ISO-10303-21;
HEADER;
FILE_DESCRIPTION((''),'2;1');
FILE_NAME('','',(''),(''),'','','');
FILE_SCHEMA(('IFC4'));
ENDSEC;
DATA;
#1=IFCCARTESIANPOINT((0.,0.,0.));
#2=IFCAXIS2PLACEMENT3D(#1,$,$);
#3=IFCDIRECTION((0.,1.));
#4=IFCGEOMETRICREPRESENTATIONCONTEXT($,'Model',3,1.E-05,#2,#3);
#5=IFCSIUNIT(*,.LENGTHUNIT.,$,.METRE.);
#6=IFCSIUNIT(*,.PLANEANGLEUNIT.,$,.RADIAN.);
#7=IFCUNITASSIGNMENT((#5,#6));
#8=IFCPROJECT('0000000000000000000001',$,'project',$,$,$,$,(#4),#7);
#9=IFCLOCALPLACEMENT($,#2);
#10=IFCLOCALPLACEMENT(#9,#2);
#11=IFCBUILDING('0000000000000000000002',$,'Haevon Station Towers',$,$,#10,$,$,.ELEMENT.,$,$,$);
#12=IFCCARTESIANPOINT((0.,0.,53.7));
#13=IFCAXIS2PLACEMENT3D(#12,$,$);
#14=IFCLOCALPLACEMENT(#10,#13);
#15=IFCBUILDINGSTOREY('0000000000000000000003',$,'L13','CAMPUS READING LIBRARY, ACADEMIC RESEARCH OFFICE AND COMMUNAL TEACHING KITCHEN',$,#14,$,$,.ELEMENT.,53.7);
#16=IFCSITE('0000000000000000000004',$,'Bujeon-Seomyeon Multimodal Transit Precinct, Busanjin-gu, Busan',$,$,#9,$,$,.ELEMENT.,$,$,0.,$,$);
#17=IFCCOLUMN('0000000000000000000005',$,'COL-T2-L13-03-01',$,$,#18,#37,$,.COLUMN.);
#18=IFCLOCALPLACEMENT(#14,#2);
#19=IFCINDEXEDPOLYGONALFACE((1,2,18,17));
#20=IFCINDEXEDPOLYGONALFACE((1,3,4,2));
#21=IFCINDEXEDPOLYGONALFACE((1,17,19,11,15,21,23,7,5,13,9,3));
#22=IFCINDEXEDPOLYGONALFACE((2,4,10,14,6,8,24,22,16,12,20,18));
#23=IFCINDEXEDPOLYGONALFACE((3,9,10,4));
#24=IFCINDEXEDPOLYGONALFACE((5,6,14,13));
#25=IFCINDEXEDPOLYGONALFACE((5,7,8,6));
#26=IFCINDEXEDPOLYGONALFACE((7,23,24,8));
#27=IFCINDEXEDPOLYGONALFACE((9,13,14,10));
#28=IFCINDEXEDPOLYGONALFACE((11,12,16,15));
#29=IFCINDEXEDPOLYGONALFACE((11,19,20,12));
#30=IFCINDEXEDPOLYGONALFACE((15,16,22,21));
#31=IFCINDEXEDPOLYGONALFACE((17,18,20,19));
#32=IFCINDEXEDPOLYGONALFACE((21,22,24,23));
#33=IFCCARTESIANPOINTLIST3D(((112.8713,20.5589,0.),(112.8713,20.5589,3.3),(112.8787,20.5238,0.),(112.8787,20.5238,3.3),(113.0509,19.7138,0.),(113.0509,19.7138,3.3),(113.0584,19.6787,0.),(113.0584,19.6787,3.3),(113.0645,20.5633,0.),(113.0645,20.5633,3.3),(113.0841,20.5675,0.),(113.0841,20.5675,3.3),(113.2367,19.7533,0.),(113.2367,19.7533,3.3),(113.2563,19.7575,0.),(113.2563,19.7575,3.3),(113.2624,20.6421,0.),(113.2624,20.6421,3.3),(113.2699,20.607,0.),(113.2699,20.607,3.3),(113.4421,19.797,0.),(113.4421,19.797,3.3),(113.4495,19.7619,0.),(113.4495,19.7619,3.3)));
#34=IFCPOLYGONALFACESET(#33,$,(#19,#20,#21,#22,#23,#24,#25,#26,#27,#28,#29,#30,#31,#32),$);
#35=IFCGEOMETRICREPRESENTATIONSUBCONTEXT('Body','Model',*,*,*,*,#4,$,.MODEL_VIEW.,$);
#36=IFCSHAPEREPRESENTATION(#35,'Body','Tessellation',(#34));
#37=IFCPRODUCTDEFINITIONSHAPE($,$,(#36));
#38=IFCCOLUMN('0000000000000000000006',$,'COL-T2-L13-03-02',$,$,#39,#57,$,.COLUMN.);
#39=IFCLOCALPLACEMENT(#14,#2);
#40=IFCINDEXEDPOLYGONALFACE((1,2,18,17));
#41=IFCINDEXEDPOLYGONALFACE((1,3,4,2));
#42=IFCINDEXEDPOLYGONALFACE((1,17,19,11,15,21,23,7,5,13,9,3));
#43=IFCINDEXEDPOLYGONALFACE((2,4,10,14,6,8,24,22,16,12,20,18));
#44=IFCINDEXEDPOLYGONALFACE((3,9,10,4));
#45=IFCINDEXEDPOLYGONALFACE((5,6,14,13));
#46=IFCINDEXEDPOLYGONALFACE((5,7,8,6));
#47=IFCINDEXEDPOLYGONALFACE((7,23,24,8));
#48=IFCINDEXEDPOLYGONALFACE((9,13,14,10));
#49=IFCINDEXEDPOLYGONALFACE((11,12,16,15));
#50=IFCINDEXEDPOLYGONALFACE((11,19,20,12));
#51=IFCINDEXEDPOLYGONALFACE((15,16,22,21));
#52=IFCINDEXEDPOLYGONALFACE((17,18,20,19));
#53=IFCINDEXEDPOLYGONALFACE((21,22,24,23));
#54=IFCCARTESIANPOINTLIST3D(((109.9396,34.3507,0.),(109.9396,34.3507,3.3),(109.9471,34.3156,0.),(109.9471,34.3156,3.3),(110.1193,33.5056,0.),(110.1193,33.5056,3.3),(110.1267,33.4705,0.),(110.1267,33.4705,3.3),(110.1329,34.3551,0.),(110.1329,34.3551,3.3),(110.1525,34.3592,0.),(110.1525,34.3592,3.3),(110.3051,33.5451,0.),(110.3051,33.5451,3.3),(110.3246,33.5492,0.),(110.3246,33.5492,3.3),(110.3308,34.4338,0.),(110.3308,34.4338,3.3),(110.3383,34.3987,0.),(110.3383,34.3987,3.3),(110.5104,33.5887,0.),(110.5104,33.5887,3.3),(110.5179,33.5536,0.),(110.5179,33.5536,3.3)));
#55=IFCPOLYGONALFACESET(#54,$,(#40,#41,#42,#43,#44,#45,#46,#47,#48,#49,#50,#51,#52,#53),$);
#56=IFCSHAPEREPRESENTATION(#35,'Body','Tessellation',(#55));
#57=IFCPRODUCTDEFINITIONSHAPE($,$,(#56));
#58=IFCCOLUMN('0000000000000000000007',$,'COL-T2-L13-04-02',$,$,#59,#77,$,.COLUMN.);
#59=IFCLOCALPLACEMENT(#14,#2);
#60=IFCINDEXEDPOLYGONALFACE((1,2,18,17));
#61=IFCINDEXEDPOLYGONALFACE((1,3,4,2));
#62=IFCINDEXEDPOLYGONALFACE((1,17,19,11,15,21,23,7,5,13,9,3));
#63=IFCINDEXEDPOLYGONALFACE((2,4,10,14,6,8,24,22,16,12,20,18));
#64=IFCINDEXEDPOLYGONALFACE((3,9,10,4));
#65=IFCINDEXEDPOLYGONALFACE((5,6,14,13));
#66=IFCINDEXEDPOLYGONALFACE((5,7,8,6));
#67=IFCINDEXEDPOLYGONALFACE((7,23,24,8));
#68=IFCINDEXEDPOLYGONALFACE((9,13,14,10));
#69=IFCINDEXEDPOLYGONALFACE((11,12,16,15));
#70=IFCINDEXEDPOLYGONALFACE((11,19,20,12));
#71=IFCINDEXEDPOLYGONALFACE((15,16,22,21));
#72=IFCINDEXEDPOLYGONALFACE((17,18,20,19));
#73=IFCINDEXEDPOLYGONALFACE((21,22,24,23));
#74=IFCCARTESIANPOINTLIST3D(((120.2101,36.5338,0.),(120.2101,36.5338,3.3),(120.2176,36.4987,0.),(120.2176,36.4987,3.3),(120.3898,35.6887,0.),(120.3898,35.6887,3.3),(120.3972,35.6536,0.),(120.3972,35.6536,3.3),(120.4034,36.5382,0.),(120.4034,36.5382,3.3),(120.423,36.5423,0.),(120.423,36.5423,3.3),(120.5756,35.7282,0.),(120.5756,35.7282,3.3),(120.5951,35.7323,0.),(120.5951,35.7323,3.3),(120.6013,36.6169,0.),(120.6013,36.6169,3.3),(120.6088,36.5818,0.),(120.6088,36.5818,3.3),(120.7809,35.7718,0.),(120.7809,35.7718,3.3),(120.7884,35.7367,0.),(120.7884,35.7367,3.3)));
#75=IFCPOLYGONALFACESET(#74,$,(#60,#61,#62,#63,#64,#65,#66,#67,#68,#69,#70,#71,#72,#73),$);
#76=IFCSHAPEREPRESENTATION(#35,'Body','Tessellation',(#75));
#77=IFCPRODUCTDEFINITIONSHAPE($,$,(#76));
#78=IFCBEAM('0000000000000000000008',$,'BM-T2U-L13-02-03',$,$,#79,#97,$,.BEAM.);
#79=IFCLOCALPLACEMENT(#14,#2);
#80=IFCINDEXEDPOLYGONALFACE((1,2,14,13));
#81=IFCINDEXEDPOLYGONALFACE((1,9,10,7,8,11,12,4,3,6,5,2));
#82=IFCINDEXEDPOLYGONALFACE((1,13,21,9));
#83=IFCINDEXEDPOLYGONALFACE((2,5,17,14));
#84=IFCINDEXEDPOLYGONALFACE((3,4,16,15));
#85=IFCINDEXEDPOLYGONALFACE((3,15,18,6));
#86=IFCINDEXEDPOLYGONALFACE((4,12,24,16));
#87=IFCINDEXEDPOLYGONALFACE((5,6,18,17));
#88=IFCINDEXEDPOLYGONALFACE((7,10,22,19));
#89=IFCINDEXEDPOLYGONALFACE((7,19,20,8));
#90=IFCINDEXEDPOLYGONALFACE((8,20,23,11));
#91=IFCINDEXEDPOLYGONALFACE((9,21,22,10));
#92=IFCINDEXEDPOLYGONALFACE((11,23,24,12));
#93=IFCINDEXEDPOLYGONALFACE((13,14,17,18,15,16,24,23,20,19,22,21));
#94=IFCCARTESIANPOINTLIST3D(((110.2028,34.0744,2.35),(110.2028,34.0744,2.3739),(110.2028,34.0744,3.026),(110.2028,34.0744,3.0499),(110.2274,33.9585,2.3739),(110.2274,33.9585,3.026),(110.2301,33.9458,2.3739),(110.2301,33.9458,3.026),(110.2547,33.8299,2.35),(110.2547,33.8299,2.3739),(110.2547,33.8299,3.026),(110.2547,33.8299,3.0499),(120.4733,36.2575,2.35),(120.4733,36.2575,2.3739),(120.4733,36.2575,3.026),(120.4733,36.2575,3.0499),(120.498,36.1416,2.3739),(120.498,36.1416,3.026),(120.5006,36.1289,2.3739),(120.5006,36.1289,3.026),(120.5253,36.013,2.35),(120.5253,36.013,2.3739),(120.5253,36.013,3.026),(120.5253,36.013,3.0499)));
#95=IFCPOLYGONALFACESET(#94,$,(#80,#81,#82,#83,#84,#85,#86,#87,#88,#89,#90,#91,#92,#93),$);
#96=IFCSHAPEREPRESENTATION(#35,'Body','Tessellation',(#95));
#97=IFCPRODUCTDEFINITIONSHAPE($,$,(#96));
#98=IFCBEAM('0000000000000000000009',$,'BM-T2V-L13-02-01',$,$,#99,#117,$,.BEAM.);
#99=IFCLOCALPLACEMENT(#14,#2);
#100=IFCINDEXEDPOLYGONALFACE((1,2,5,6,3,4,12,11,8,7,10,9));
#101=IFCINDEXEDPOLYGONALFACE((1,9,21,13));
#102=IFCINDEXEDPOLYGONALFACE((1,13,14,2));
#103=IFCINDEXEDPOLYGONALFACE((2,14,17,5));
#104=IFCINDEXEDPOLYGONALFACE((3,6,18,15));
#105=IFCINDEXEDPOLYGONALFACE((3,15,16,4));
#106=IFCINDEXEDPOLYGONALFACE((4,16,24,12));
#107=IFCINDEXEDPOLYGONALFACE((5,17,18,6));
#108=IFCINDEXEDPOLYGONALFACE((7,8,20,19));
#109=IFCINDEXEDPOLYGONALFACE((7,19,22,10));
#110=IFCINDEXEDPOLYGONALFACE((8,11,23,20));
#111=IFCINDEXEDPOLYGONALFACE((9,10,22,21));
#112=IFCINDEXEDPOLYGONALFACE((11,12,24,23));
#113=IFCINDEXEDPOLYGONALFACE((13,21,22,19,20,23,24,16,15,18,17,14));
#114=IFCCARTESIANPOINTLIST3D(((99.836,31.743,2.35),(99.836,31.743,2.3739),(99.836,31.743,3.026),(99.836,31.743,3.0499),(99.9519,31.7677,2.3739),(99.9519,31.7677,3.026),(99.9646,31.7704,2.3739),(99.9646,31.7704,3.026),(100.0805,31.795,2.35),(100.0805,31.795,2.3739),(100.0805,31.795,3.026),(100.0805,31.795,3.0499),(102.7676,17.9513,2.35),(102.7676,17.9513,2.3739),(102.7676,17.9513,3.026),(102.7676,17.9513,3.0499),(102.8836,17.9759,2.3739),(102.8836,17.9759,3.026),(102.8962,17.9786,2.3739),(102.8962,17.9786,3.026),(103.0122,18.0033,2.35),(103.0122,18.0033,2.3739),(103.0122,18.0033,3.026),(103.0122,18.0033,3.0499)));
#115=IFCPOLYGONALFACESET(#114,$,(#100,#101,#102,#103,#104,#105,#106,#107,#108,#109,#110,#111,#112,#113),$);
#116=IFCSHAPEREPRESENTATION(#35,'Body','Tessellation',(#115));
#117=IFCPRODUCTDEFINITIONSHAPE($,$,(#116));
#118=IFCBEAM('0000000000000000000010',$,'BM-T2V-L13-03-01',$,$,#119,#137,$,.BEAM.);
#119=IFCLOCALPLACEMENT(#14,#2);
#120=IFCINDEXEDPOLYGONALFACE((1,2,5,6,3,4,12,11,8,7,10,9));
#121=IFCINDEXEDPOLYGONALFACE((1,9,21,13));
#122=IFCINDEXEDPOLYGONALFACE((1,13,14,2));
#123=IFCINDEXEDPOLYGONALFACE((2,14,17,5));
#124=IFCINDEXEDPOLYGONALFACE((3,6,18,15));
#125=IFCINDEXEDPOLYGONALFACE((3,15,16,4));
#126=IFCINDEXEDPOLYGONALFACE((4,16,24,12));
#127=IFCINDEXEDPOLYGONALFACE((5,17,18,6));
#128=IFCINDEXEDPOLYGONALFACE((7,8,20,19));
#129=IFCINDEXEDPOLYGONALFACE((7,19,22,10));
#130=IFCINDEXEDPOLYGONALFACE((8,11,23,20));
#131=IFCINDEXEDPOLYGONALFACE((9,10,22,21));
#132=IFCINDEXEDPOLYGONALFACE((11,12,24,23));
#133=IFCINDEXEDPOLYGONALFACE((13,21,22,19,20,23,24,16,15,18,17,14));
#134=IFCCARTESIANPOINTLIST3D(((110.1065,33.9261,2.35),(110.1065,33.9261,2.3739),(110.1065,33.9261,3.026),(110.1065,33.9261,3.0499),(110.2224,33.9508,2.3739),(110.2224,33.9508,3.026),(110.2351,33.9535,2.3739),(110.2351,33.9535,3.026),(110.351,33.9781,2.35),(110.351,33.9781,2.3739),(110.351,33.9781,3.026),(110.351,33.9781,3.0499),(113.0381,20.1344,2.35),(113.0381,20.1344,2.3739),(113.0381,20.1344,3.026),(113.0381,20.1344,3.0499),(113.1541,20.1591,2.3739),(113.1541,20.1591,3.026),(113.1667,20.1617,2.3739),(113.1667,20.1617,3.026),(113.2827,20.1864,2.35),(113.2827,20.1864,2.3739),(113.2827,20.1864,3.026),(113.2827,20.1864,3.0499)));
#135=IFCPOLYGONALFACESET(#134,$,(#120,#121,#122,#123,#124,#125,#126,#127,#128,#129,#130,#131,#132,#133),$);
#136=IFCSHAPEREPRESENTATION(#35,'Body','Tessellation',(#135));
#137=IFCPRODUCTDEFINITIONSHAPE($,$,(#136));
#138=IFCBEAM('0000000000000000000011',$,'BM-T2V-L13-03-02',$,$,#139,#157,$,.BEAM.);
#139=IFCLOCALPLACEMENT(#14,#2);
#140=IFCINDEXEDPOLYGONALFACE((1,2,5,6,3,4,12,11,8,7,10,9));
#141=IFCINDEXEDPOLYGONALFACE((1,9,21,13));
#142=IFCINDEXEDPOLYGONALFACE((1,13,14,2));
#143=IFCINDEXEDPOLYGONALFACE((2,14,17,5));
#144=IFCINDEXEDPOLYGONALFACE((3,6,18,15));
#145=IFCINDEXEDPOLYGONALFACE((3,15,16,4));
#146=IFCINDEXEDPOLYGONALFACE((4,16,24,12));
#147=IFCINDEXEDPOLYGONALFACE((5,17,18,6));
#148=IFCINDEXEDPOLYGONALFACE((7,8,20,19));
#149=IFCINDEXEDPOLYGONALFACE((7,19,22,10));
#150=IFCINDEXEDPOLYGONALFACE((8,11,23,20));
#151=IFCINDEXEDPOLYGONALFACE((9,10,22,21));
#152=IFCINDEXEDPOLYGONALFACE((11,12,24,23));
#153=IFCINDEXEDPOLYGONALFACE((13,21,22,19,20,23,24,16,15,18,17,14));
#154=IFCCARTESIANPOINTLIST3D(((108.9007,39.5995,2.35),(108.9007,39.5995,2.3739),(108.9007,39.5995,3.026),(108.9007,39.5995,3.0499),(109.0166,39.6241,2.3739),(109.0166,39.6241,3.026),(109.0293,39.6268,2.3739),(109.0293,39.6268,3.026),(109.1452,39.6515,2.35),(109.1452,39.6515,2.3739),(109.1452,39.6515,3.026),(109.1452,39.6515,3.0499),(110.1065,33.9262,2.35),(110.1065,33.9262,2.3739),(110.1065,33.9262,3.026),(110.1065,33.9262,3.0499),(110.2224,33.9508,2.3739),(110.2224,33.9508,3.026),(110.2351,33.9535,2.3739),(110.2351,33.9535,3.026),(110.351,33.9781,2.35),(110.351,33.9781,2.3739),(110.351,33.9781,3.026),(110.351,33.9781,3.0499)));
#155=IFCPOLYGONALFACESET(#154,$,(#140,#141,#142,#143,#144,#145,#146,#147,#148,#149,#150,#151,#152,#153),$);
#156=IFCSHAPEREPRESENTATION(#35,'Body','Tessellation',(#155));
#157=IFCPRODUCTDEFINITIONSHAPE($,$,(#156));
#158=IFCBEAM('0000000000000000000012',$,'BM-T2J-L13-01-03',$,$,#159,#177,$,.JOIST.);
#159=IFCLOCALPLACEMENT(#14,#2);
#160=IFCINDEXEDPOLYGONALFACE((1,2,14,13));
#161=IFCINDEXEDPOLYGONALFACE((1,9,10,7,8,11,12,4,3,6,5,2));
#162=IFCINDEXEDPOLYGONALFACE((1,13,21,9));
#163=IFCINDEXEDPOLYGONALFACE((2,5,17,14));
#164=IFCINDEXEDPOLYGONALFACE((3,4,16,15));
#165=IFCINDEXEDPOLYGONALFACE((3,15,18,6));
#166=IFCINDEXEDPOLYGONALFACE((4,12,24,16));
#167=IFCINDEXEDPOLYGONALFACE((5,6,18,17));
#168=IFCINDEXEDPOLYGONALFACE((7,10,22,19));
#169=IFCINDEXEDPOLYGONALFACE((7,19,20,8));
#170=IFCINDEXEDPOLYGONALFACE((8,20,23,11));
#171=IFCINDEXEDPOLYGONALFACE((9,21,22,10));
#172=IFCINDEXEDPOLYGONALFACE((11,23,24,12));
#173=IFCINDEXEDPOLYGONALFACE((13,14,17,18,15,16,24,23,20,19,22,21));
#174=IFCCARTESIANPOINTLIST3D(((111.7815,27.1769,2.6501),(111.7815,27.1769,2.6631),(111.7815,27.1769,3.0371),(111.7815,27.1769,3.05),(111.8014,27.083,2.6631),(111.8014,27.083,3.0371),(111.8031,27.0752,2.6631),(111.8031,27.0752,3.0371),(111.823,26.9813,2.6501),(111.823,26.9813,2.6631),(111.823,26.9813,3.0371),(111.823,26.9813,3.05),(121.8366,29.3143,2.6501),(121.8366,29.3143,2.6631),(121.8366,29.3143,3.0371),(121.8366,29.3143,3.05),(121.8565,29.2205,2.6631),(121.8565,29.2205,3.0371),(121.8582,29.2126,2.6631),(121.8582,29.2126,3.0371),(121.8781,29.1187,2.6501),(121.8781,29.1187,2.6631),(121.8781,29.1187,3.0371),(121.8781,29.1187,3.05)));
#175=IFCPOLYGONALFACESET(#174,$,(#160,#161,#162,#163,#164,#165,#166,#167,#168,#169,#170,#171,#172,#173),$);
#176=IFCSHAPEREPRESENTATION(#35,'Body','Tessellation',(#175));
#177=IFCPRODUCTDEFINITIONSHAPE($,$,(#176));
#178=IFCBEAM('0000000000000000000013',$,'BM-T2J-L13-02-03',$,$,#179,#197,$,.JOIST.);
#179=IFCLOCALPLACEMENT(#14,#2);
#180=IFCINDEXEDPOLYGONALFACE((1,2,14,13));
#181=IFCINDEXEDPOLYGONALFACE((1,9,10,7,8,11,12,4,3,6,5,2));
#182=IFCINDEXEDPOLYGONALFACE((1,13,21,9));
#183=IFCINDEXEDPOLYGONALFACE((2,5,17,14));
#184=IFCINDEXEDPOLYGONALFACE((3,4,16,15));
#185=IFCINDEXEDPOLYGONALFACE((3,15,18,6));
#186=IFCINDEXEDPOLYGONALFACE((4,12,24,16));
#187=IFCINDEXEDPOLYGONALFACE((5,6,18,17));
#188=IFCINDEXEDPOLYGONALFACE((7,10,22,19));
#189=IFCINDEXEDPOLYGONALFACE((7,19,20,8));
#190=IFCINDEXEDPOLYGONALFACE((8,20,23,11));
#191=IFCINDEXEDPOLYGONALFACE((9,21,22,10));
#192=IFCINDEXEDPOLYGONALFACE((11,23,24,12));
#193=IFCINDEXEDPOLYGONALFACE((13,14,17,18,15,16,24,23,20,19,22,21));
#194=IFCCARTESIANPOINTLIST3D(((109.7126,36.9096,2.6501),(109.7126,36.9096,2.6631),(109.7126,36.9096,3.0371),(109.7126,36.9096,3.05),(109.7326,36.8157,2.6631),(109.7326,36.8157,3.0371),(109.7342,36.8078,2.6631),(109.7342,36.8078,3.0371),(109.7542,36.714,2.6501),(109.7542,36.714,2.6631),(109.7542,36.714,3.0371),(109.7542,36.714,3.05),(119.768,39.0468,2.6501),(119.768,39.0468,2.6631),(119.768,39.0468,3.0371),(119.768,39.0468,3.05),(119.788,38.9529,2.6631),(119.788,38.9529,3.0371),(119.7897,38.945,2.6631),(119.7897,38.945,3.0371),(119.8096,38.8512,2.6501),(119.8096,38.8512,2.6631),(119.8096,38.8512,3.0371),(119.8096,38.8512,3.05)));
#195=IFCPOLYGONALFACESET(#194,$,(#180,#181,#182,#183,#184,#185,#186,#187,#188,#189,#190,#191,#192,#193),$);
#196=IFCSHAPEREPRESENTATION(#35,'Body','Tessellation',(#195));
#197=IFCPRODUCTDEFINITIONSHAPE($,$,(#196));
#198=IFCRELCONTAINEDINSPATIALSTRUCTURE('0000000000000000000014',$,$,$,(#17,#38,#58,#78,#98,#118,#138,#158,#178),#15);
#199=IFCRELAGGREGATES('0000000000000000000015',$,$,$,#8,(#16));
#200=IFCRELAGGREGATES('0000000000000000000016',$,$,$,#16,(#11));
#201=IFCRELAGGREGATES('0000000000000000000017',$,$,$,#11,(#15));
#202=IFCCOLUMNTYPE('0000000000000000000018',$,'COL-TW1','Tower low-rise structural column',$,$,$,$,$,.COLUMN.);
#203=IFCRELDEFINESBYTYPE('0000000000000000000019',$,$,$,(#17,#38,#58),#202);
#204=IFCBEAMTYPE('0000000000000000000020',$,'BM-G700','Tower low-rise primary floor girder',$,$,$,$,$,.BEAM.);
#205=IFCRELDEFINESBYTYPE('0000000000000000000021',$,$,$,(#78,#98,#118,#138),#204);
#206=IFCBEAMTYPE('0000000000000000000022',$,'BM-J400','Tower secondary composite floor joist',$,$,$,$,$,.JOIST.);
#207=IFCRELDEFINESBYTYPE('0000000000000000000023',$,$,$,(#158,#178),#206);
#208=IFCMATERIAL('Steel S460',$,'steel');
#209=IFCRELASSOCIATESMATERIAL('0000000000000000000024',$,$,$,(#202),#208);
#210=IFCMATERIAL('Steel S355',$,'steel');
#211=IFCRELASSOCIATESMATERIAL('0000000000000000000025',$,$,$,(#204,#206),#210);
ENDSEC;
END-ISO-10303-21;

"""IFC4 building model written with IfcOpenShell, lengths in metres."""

from ifc_helpers import new_model, si_unit, direction, frame, origin, origin_2d, place, context, subcontext, project, spatial, i_section, extrude, material, material_profile, profile_set, type_object, element, save


model = new_model("IFC4")

# Units and contexts
model_context = context("Model", 3, precision=1e-05, world=origin(), true_north=direction((0.0, 1.0)))
body_context = subcontext(model_context, "Body", "Model", "MODEL_VIEW")
ifc_project = project(units=[si_unit("LENGTHUNIT", "METRE"), si_unit("PLANEANGLEUNIT", "RADIAN")], contexts=[model_context])

# Site, building, storey
site_placement = place(None, origin())
site = spatial("IfcSite", under=ifc_project, at=site_placement, Name="Bujeon-Seomyeon Multimodal Transit Precinct, Busanjin-gu, Busan", CompositionType="ELEMENT", RefElevation=0.0)
building_placement = place(site_placement, origin())
building = spatial("IfcBuilding", under=site, at=building_placement, Name="Haevon Station Towers", CompositionType="ELEMENT")
storey_placement = place(building_placement, frame((0.0, 0.0, 53.7)))
storey = spatial("IfcBuildingStorey", under=building, at=storey_placement, Name="L13", Description="CAMPUS READING LIBRARY, ACADEMIC RESEARCH OFFICE AND COMMUNAL TEACHING KITCHEN", CompositionType="ELEMENT", Elevation=53.7)

# Columns
ifc_material_1 = material(Name="Steel S460", Category="steel")
ifc_material_profile_1 = material_profile(ifc_material_1, i_section(OverallWidth=0.3999, OverallDepth=0.8999, WebThickness=0.02, FlangeThickness=0.0359, at=origin_2d()), Name="H-900x400x20x36")
ifc_profile_set_1 = profile_set([ifc_material_profile_1], Name="Steel S460")
column_type = type_object("IfcColumnType", Name="COL-TW1", Description="Tower low-rise structural column", PredefinedType="COLUMN", material=ifc_profile_set_1)
for number, where, z_axis, x_axis, name in (
    (1, (113.1604, 20.1604, 0.0), (0.0, 0.0, 1.0), (0.978148, 0.207912, 0.0), "COL-T2-L13-03-01"),
    (2, (110.2288, 33.9521, 0.0), (0.0, 0.0, 1.0), (0.978148, 0.207912, 0.0), "COL-T2-L13-03-02"),
    (3, (120.4993, 36.1353, 0.0), (0.0, 0.0, 1.0), (0.978148, 0.207912, 0.0), "COL-T2-L13-04-02"),
):
    element("IfcColumn", number, at=place(storey_placement, frame(where, z_axis=z_axis, x_axis=x_axis)), inside=storey, type_object=column_type, Name=name, PredefinedType="COLUMN", context=body_context, shape_type="SweptSolid", body=[
        extrude(i_section(OverallWidth=0.3999, OverallDepth=0.8999, WebThickness=0.02, FlangeThickness=0.0359, at=origin_2d()), origin(), (0.0, 0.0, 1.0), 3.3),
    ])

# Beams
ifc_material_2 = material(Name="Steel S355", Category="steel")
ifc_material_profile_2 = material_profile(ifc_material_2, i_section(OverallWidth=0.25, OverallDepth=0.7, WebThickness=0.0129, FlangeThickness=0.0239, at=origin_2d()), Name="H-700x250x13x24")
ifc_profile_set_2 = profile_set([ifc_material_profile_2], Name="Steel S355")
beam_type_1 = type_object("IfcBeamType", Name="BM-G700", Description="Tower low-rise primary floor girder", PredefinedType="BEAM", material=ifc_profile_set_2)
beam_1_placement = place(storey_placement, frame((110.2288, 33.9521, 2.7), z_axis=(0.978147, 0.207915, 0.0), x_axis=(-0.207915, 0.978147, 0.0)))
element("IfcBeam", 4, at=beam_1_placement, inside=storey, type_object=beam_type_1, Name="BM-T2U-L13-02-03", PredefinedType="BEAM", context=body_context, shape_type="SweptSolid", body=[
    extrude(i_section(OverallWidth=0.25, OverallDepth=0.7, WebThickness=0.0129, FlangeThickness=0.0239, at=origin_2d()), origin(), (0.0, 0.0, 1.0), 10.5),
])
for number, where, z_axis, x_axis, name in (
    (5, (102.8899, 17.9773, 2.7), (-0.207919, 0.978146, 0.0), (-0.978146, -0.207919, 0.0), "BM-T2V-L13-02-01"),
    (6, (113.1604, 20.1604, 2.7), (-0.207919, 0.978146, 0.0), (-0.978146, -0.207919, 0.0), "BM-T2V-L13-03-01"),
):
    element("IfcBeam", number, at=place(storey_placement, frame(where, z_axis=z_axis, x_axis=x_axis)), inside=storey, type_object=beam_type_1, Name=name, PredefinedType="BEAM", context=body_context, shape_type="SweptSolid", body=[
        extrude(i_section(OverallWidth=0.25, OverallDepth=0.7, WebThickness=0.0129, FlangeThickness=0.0239, at=origin_2d()), origin(), (0.0, 0.0, 1.0), 14.0999),
    ])
beam_2_placement = place(storey_placement, frame((110.2288, 33.9521, 2.7), z_axis=(-0.207896, 0.978151, 0.0), x_axis=(-0.978151, -0.207896, 0.0)))
element("IfcBeam", 7, at=beam_2_placement, inside=storey, type_object=beam_type_1, Name="BM-T2V-L13-03-02", PredefinedType="BEAM", context=body_context, shape_type="SweptSolid", body=[
    extrude(i_section(OverallWidth=0.25, OverallDepth=0.7, WebThickness=0.0129, FlangeThickness=0.0239, at=origin_2d()), origin(), (0.0, 0.0, 1.0), 5.8),
])
ifc_material_profile_3 = material_profile(ifc_material_2, i_section(OverallWidth=0.2, OverallDepth=0.3999, WebThickness=0.0081, FlangeThickness=0.0129, at=origin_2d()), Name="H-400x200x8x13")
ifc_profile_set_3 = profile_set([ifc_material_profile_3], Name="Steel S355")
beam_type_2 = type_object("IfcBeamType", Name="BM-J400", Description="Tower secondary composite floor joist", PredefinedType="JOIST", material=ifc_profile_set_3)
beam_3_placement = place(storey_placement, frame((111.8022, 27.0791, 2.8501), z_axis=(0.978144, 0.207926, 0.0), x_axis=(-0.207926, 0.978144, 0.0)))
element("IfcBeam", 8, at=beam_3_placement, inside=storey, type_object=beam_type_2, Name="BM-T2J-L13-01-03", PredefinedType="JOIST", context=body_context, shape_type="SweptSolid", body=[
    extrude(i_section(OverallWidth=0.2, OverallDepth=0.3999, WebThickness=0.0081, FlangeThickness=0.0129, at=origin_2d()), origin(), (0.0, 0.0, 1.0), 10.2798),
])
beam_4_placement = place(storey_placement, frame((109.7334, 36.8118, 2.8501), z_axis=(0.97815, 0.207899, 0.0), x_axis=(-0.207899, 0.97815, 0.0)))
element("IfcBeam", 9, at=beam_4_placement, inside=storey, type_object=beam_type_2, Name="BM-T2J-L13-02-03", PredefinedType="JOIST", context=body_context, shape_type="SweptSolid", body=[
    extrude(i_section(OverallWidth=0.2, OverallDepth=0.3999, WebThickness=0.0081, FlangeThickness=0.0129, at=origin_2d()), origin(), (0.0, 0.0, 1.0), 10.28),
])

save(model, "model.ifc")
